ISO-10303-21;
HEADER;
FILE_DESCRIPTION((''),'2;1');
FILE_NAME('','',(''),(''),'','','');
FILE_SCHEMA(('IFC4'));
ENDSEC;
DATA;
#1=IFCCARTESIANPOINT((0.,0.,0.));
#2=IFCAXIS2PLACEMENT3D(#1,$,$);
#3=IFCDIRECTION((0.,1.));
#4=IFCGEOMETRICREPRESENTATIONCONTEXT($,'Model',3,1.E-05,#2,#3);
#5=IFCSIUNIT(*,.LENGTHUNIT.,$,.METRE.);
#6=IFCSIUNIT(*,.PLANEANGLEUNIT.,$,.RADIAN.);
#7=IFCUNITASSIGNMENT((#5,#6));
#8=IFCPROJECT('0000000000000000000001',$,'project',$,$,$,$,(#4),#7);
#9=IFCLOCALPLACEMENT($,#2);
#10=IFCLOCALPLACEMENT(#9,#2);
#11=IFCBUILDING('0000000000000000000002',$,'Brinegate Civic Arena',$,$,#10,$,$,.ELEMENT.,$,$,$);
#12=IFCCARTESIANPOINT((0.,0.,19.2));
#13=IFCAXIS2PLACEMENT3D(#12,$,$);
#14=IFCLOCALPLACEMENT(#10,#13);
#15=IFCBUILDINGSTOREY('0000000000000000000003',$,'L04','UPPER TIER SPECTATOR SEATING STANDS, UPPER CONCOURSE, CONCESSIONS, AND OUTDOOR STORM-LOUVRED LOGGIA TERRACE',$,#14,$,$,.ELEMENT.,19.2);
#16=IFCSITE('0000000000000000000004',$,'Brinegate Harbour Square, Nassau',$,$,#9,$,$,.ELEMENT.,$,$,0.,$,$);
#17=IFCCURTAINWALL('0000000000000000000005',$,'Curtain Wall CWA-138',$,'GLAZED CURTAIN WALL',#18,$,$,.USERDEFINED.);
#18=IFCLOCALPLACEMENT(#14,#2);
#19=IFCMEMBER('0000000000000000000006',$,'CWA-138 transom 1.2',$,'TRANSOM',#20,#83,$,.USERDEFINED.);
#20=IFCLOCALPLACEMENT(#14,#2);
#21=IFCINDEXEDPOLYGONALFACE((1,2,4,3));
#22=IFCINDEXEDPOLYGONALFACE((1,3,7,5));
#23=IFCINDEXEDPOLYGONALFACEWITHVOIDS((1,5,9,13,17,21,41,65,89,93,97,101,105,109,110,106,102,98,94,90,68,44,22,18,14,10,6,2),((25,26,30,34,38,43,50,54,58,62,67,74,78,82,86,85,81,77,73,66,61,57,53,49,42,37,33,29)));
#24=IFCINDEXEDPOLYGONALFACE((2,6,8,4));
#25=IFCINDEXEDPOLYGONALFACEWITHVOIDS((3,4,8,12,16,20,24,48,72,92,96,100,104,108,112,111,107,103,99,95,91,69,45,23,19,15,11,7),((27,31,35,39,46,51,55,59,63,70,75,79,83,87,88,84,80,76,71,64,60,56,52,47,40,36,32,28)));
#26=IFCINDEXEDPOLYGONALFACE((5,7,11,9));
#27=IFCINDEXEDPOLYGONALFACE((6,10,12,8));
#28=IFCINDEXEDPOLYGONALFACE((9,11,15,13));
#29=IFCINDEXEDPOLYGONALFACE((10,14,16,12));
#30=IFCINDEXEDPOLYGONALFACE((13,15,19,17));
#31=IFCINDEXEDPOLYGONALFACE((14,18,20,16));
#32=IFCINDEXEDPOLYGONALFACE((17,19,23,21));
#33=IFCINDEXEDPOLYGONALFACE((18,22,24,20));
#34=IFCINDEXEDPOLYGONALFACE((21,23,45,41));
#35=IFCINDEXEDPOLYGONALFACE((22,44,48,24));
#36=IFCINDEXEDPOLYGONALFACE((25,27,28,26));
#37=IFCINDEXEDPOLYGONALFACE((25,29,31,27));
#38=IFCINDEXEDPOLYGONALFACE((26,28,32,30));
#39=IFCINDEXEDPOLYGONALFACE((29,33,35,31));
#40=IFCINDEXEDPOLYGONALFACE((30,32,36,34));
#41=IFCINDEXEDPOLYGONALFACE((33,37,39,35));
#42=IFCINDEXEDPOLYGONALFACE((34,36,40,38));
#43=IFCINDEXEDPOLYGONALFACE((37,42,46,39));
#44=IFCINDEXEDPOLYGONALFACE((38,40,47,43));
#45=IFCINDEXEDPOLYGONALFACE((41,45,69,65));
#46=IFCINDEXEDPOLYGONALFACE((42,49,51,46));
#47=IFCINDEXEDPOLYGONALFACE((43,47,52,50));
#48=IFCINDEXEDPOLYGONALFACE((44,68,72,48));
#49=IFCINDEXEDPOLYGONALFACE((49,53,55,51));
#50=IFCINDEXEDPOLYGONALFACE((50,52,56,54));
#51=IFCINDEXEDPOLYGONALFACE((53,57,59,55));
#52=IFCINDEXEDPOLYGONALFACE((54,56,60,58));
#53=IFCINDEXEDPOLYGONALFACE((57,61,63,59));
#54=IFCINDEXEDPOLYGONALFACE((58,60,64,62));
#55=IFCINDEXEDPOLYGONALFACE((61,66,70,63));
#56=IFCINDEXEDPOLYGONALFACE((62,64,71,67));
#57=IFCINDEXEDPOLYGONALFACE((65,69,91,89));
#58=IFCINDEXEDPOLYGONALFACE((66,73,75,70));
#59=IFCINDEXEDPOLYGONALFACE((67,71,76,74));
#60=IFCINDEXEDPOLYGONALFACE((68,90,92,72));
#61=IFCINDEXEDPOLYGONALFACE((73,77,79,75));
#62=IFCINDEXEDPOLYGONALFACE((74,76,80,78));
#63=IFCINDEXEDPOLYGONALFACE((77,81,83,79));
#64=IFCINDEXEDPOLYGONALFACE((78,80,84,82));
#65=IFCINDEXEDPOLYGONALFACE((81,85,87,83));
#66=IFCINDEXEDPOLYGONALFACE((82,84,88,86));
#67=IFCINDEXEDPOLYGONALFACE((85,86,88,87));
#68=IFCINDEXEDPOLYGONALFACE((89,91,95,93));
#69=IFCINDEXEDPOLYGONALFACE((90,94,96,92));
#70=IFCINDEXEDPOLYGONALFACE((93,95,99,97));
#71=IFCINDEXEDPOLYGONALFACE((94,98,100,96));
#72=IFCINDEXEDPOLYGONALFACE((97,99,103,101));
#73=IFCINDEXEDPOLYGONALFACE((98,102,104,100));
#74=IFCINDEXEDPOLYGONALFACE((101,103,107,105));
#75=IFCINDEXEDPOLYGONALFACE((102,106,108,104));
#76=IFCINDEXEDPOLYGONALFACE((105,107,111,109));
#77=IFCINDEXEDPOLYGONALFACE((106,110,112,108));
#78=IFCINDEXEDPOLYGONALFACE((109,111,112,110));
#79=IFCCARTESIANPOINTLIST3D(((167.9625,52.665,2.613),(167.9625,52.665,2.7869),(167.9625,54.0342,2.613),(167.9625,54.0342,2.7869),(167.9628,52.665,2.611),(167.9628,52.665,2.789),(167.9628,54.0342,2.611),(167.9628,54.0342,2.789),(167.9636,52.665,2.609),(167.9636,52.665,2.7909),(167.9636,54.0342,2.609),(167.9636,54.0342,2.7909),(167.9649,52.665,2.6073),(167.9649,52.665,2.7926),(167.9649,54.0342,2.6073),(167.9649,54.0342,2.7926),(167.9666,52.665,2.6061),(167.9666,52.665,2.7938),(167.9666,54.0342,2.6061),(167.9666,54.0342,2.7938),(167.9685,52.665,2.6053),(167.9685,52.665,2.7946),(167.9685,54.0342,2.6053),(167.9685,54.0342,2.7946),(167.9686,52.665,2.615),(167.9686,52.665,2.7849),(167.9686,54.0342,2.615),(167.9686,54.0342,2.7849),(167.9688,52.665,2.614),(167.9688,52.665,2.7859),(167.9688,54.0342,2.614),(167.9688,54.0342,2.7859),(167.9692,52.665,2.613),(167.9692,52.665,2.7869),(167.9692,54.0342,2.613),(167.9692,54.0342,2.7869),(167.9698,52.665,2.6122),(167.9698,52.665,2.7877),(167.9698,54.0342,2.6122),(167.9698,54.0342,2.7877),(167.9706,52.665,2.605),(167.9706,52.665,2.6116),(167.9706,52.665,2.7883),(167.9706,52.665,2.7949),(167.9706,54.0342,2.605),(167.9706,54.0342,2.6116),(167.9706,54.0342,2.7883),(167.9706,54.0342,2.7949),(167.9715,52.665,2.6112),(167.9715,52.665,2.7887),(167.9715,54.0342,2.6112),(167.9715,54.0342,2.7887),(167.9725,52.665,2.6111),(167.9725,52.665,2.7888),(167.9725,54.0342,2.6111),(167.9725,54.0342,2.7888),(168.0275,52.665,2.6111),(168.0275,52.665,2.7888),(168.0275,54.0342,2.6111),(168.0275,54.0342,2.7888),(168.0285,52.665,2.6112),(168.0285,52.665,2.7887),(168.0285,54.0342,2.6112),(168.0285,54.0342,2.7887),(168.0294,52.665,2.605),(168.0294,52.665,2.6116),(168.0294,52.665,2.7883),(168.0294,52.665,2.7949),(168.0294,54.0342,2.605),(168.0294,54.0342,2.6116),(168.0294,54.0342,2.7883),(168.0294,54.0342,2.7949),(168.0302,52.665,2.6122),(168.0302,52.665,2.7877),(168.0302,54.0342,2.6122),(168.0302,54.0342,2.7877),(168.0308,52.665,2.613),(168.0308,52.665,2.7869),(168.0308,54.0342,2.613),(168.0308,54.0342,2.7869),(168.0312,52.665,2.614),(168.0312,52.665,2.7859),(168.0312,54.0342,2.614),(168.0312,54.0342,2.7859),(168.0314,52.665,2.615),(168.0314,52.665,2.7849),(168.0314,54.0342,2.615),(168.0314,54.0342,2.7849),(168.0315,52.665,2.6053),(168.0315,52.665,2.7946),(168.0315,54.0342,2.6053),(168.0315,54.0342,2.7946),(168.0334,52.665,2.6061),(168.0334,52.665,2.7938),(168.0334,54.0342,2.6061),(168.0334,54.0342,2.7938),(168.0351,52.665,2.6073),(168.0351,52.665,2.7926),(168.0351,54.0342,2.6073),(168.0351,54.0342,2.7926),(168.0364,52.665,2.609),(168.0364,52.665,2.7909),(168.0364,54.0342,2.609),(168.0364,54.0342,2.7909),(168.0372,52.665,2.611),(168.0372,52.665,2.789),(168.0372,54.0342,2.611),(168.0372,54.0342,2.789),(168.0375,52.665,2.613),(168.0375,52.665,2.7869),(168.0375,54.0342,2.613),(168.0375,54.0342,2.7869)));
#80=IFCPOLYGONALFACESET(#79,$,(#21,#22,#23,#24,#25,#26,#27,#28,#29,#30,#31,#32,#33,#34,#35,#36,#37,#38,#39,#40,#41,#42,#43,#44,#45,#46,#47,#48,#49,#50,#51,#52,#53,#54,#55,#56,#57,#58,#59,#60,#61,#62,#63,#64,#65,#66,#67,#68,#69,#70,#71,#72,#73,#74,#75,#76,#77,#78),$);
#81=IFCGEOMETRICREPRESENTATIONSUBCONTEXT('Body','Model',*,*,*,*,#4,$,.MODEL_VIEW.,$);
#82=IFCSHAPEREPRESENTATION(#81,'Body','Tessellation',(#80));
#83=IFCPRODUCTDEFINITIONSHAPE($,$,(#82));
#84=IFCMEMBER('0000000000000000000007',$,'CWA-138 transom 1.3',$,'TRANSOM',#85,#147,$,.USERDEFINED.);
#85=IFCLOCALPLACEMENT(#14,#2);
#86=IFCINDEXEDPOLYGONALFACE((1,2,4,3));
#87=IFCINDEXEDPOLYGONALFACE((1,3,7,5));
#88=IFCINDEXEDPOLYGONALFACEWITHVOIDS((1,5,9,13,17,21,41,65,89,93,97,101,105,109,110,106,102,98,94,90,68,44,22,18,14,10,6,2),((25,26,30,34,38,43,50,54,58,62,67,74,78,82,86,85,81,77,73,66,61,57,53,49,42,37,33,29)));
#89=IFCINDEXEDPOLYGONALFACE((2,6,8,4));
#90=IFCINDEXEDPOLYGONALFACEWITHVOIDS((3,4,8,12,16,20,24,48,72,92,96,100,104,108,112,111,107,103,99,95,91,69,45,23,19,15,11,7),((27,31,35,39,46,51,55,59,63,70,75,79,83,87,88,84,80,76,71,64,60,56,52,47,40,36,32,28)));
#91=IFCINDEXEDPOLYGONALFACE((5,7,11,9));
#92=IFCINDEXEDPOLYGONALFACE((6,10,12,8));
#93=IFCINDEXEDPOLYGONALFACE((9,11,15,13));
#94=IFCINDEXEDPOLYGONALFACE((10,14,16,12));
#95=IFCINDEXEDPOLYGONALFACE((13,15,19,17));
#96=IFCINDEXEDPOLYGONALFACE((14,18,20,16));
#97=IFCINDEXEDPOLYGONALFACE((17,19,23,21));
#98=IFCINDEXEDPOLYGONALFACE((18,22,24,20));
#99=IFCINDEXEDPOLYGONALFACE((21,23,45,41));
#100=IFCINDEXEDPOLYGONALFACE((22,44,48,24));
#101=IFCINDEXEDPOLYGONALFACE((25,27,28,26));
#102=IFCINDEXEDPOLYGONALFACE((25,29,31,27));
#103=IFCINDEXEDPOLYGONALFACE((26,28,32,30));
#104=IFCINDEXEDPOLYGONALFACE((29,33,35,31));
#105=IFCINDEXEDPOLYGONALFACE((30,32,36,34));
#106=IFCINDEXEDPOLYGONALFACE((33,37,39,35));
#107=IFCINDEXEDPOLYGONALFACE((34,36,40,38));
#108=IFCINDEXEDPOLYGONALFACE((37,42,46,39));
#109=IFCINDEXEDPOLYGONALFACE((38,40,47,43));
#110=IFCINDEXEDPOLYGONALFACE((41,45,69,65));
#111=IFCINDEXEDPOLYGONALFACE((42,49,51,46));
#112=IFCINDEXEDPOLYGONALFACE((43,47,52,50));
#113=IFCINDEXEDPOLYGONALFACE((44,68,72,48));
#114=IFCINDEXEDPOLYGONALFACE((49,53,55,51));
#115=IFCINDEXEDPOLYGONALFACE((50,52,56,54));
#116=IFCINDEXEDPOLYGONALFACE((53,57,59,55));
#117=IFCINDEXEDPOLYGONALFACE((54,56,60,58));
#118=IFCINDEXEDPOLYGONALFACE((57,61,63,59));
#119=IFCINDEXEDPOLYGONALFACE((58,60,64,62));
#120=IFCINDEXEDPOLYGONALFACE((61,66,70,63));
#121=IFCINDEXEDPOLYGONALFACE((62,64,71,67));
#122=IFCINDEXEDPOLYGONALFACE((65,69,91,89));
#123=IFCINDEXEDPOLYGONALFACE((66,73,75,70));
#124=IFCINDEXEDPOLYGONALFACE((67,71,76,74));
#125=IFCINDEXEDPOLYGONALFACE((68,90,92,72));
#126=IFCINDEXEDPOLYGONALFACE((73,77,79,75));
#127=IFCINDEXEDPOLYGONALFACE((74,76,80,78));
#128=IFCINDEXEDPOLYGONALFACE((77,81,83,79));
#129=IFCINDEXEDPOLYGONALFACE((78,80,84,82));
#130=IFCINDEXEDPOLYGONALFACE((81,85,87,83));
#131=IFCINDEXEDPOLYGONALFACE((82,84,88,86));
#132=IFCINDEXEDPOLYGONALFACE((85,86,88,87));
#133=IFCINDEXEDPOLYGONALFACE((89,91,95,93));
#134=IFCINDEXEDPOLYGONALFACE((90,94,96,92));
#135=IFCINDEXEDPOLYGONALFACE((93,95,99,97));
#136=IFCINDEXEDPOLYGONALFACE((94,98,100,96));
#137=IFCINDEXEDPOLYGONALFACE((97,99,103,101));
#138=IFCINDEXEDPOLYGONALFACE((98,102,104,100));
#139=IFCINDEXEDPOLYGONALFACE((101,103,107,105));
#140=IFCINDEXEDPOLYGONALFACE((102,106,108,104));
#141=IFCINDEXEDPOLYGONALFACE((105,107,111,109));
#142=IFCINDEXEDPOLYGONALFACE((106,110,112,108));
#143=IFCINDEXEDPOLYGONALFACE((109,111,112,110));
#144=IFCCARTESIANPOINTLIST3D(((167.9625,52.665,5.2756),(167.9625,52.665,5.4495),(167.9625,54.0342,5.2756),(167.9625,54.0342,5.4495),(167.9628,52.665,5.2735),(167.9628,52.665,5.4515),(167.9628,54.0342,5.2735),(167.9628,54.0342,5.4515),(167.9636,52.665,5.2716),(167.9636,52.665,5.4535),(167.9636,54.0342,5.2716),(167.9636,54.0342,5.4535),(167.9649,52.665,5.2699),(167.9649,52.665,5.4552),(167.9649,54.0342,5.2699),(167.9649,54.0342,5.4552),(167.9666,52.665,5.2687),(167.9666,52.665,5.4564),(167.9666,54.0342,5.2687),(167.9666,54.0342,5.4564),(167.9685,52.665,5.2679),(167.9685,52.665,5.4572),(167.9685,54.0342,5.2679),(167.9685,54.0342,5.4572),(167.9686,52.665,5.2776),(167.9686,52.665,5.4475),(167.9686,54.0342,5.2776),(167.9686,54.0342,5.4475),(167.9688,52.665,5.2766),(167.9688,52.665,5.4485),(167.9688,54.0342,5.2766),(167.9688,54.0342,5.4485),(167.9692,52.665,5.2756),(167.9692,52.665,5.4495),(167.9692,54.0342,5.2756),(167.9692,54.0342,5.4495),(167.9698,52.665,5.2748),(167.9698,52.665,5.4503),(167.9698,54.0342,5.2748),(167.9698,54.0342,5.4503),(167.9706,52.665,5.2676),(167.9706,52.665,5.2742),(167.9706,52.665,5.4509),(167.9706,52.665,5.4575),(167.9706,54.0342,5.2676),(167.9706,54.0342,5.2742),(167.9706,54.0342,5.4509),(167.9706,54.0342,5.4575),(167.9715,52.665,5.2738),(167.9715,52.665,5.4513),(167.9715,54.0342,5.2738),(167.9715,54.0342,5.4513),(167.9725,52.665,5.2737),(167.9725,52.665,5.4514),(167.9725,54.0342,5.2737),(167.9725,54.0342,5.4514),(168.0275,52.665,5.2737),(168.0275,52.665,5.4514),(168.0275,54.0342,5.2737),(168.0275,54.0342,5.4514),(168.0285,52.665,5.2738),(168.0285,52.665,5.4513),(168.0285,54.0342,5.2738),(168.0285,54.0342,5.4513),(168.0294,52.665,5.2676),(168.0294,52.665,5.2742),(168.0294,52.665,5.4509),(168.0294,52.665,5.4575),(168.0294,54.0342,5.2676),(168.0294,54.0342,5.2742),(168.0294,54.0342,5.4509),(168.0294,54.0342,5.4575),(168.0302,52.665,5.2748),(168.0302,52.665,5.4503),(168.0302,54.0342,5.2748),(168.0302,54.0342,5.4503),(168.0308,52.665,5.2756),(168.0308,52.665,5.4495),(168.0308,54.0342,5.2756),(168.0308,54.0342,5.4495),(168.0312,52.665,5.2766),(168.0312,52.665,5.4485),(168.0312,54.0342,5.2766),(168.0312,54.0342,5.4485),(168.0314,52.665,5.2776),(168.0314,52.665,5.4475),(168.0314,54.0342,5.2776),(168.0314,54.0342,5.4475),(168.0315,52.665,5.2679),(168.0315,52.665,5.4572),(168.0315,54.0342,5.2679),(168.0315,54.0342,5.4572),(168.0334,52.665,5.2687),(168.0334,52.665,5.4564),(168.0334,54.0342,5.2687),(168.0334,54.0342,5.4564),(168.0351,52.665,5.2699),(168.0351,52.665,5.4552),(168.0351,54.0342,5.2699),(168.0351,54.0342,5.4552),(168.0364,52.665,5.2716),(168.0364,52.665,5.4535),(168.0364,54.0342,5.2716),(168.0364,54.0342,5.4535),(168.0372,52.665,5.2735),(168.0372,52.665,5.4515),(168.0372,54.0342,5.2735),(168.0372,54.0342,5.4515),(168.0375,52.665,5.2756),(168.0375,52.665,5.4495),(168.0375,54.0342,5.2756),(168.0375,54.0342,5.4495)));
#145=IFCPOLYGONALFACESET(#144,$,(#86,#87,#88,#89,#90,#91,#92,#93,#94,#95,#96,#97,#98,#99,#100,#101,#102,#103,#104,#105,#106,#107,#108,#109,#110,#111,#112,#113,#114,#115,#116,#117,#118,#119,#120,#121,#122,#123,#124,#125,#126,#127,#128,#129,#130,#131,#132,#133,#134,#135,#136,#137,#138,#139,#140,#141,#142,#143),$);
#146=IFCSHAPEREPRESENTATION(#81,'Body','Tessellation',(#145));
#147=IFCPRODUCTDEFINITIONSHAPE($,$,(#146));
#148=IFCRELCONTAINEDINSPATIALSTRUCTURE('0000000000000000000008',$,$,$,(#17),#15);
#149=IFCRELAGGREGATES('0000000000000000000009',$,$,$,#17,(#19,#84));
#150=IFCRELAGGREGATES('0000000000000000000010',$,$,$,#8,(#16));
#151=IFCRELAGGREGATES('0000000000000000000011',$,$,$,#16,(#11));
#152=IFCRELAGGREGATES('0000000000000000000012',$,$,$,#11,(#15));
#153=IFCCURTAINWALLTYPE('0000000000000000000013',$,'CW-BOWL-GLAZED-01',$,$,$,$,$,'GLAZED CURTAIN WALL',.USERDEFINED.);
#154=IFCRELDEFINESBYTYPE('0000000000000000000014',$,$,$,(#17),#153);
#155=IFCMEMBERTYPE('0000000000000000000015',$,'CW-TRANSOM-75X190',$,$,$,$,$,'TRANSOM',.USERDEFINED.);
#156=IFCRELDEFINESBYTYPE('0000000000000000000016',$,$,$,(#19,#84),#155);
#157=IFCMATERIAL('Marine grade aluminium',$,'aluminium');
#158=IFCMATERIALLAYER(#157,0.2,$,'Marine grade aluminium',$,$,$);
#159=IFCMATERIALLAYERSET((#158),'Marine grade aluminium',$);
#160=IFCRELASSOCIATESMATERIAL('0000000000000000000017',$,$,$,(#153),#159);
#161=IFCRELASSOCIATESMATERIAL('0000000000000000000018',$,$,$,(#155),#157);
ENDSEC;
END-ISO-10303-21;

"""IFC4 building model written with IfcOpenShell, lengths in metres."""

from ifc_helpers import new_model, si_unit, direction, frame, origin, origin_2d, place, context, subcontext, project, spatial, hollow_rectangle, extrude, material, layer, layer_set, material_profile, profile_set, type_object, element, aggregate, save


model = new_model("IFC4")

# Units and contexts
model_context = context("Model", 3, precision=1e-05, world=origin(), true_north=direction((0.0, 1.0)))
body_context = subcontext(model_context, "Body", "Model", "MODEL_VIEW")
ifc_project = project(units=[si_unit("LENGTHUNIT", "METRE"), si_unit("PLANEANGLEUNIT", "RADIAN")], contexts=[model_context])

# Site, building, storey
site_placement = place(None, origin())
site = spatial("IfcSite", under=ifc_project, at=site_placement, Name="Brinegate Harbour Square, Nassau", CompositionType="ELEMENT", RefElevation=0.0)
building_placement = place(site_placement, origin())
building = spatial("IfcBuilding", under=site, at=building_placement, Name="Brinegate Civic Arena", CompositionType="ELEMENT")
storey_placement = place(building_placement, frame((0.0, 0.0, 19.2)))
storey = spatial("IfcBuildingStorey", under=building, at=storey_placement, Name="L04", Description="UPPER TIER SPECTATOR SEATING STANDS, UPPER CONCOURSE, CONCESSIONS, AND OUTDOOR STORM-LOUVRED LOGGIA TERRACE", CompositionType="ELEMENT", Elevation=19.2)

# Curtain wall
ifc_material_1 = material(Name="Marine grade aluminium", Category="aluminium")
ifc_layer_1 = layer(ifc_material_1, 0.2, Name="Marine grade aluminium")
ifc_layer_set_1 = layer_set([ifc_layer_1], Name="Marine grade aluminium")
curtain_wall_type = type_object("IfcCurtainWallType", Name="CW-BOWL-GLAZED-01", ElementType="GLAZED CURTAIN WALL", PredefinedType="USERDEFINED", material=ifc_layer_set_1)
curtain_wall_1_placement = place(storey_placement, origin())
curtain_wall_1 = element("IfcCurtainWall", 1, at=curtain_wall_1_placement, inside=storey, type_object=curtain_wall_type, Name="Curtain Wall CWA-138", ObjectType="GLAZED CURTAIN WALL", PredefinedType="USERDEFINED")

# Members
ifc_material_profile_1 = material_profile(ifc_material_1, hollow_rectangle(XDim=0.075, YDim=0.1899, WallThickness=0.0061, InnerFilletRadius=0.0039, OuterFilletRadius=0.0081, at=origin_2d()), Name="TRN75X190")
ifc_profile_set_1 = profile_set([ifc_material_profile_1], Name="Marine grade aluminium")
member_type_1 = type_object("IfcMemberType", Name="CW-TRANSOM-75X190", ElementType="TRANSOM", PredefinedType="USERDEFINED", material=ifc_profile_set_1)
member_1_placement = place(storey_placement, frame((168.0, 52.665, 2.7), z_axis=(0.0, 1.0, 0.0), x_axis=(-1.0, 0.0, 0.0)))
member_1 = element("IfcMember", 2, at=member_1_placement, type_object=member_type_1, Name="CWA-138 transom 1.2", ObjectType="TRANSOM", PredefinedType="USERDEFINED", context=body_context, shape_type="SweptSolid", body=[
    extrude(hollow_rectangle(XDim=0.075, YDim=0.1899, WallThickness=0.0061, InnerFilletRadius=0.0039, OuterFilletRadius=0.0081, at=origin_2d()), origin(), (0.0, 0.0, 1.0), 1.3691),
])
member_2_placement = place(storey_placement, frame((168.0, 52.665, 5.3625), z_axis=(0.0, 1.0, 0.0), x_axis=(-1.0, 0.0, 0.0)))
member_2 = element("IfcMember", 3, at=member_2_placement, type_object=member_type_1, Name="CWA-138 transom 1.3", ObjectType="TRANSOM", PredefinedType="USERDEFINED", context=body_context, shape_type="SweptSolid", body=[
    extrude(hollow_rectangle(XDim=0.075, YDim=0.1899, WallThickness=0.0061, InnerFilletRadius=0.0039, OuterFilletRadius=0.0081, at=origin_2d()), origin(), (0.0, 0.0, 1.0), 1.3691),
])

aggregate(curtain_wall_1, [member_1, member_2])

save(model, "model.ifc")
